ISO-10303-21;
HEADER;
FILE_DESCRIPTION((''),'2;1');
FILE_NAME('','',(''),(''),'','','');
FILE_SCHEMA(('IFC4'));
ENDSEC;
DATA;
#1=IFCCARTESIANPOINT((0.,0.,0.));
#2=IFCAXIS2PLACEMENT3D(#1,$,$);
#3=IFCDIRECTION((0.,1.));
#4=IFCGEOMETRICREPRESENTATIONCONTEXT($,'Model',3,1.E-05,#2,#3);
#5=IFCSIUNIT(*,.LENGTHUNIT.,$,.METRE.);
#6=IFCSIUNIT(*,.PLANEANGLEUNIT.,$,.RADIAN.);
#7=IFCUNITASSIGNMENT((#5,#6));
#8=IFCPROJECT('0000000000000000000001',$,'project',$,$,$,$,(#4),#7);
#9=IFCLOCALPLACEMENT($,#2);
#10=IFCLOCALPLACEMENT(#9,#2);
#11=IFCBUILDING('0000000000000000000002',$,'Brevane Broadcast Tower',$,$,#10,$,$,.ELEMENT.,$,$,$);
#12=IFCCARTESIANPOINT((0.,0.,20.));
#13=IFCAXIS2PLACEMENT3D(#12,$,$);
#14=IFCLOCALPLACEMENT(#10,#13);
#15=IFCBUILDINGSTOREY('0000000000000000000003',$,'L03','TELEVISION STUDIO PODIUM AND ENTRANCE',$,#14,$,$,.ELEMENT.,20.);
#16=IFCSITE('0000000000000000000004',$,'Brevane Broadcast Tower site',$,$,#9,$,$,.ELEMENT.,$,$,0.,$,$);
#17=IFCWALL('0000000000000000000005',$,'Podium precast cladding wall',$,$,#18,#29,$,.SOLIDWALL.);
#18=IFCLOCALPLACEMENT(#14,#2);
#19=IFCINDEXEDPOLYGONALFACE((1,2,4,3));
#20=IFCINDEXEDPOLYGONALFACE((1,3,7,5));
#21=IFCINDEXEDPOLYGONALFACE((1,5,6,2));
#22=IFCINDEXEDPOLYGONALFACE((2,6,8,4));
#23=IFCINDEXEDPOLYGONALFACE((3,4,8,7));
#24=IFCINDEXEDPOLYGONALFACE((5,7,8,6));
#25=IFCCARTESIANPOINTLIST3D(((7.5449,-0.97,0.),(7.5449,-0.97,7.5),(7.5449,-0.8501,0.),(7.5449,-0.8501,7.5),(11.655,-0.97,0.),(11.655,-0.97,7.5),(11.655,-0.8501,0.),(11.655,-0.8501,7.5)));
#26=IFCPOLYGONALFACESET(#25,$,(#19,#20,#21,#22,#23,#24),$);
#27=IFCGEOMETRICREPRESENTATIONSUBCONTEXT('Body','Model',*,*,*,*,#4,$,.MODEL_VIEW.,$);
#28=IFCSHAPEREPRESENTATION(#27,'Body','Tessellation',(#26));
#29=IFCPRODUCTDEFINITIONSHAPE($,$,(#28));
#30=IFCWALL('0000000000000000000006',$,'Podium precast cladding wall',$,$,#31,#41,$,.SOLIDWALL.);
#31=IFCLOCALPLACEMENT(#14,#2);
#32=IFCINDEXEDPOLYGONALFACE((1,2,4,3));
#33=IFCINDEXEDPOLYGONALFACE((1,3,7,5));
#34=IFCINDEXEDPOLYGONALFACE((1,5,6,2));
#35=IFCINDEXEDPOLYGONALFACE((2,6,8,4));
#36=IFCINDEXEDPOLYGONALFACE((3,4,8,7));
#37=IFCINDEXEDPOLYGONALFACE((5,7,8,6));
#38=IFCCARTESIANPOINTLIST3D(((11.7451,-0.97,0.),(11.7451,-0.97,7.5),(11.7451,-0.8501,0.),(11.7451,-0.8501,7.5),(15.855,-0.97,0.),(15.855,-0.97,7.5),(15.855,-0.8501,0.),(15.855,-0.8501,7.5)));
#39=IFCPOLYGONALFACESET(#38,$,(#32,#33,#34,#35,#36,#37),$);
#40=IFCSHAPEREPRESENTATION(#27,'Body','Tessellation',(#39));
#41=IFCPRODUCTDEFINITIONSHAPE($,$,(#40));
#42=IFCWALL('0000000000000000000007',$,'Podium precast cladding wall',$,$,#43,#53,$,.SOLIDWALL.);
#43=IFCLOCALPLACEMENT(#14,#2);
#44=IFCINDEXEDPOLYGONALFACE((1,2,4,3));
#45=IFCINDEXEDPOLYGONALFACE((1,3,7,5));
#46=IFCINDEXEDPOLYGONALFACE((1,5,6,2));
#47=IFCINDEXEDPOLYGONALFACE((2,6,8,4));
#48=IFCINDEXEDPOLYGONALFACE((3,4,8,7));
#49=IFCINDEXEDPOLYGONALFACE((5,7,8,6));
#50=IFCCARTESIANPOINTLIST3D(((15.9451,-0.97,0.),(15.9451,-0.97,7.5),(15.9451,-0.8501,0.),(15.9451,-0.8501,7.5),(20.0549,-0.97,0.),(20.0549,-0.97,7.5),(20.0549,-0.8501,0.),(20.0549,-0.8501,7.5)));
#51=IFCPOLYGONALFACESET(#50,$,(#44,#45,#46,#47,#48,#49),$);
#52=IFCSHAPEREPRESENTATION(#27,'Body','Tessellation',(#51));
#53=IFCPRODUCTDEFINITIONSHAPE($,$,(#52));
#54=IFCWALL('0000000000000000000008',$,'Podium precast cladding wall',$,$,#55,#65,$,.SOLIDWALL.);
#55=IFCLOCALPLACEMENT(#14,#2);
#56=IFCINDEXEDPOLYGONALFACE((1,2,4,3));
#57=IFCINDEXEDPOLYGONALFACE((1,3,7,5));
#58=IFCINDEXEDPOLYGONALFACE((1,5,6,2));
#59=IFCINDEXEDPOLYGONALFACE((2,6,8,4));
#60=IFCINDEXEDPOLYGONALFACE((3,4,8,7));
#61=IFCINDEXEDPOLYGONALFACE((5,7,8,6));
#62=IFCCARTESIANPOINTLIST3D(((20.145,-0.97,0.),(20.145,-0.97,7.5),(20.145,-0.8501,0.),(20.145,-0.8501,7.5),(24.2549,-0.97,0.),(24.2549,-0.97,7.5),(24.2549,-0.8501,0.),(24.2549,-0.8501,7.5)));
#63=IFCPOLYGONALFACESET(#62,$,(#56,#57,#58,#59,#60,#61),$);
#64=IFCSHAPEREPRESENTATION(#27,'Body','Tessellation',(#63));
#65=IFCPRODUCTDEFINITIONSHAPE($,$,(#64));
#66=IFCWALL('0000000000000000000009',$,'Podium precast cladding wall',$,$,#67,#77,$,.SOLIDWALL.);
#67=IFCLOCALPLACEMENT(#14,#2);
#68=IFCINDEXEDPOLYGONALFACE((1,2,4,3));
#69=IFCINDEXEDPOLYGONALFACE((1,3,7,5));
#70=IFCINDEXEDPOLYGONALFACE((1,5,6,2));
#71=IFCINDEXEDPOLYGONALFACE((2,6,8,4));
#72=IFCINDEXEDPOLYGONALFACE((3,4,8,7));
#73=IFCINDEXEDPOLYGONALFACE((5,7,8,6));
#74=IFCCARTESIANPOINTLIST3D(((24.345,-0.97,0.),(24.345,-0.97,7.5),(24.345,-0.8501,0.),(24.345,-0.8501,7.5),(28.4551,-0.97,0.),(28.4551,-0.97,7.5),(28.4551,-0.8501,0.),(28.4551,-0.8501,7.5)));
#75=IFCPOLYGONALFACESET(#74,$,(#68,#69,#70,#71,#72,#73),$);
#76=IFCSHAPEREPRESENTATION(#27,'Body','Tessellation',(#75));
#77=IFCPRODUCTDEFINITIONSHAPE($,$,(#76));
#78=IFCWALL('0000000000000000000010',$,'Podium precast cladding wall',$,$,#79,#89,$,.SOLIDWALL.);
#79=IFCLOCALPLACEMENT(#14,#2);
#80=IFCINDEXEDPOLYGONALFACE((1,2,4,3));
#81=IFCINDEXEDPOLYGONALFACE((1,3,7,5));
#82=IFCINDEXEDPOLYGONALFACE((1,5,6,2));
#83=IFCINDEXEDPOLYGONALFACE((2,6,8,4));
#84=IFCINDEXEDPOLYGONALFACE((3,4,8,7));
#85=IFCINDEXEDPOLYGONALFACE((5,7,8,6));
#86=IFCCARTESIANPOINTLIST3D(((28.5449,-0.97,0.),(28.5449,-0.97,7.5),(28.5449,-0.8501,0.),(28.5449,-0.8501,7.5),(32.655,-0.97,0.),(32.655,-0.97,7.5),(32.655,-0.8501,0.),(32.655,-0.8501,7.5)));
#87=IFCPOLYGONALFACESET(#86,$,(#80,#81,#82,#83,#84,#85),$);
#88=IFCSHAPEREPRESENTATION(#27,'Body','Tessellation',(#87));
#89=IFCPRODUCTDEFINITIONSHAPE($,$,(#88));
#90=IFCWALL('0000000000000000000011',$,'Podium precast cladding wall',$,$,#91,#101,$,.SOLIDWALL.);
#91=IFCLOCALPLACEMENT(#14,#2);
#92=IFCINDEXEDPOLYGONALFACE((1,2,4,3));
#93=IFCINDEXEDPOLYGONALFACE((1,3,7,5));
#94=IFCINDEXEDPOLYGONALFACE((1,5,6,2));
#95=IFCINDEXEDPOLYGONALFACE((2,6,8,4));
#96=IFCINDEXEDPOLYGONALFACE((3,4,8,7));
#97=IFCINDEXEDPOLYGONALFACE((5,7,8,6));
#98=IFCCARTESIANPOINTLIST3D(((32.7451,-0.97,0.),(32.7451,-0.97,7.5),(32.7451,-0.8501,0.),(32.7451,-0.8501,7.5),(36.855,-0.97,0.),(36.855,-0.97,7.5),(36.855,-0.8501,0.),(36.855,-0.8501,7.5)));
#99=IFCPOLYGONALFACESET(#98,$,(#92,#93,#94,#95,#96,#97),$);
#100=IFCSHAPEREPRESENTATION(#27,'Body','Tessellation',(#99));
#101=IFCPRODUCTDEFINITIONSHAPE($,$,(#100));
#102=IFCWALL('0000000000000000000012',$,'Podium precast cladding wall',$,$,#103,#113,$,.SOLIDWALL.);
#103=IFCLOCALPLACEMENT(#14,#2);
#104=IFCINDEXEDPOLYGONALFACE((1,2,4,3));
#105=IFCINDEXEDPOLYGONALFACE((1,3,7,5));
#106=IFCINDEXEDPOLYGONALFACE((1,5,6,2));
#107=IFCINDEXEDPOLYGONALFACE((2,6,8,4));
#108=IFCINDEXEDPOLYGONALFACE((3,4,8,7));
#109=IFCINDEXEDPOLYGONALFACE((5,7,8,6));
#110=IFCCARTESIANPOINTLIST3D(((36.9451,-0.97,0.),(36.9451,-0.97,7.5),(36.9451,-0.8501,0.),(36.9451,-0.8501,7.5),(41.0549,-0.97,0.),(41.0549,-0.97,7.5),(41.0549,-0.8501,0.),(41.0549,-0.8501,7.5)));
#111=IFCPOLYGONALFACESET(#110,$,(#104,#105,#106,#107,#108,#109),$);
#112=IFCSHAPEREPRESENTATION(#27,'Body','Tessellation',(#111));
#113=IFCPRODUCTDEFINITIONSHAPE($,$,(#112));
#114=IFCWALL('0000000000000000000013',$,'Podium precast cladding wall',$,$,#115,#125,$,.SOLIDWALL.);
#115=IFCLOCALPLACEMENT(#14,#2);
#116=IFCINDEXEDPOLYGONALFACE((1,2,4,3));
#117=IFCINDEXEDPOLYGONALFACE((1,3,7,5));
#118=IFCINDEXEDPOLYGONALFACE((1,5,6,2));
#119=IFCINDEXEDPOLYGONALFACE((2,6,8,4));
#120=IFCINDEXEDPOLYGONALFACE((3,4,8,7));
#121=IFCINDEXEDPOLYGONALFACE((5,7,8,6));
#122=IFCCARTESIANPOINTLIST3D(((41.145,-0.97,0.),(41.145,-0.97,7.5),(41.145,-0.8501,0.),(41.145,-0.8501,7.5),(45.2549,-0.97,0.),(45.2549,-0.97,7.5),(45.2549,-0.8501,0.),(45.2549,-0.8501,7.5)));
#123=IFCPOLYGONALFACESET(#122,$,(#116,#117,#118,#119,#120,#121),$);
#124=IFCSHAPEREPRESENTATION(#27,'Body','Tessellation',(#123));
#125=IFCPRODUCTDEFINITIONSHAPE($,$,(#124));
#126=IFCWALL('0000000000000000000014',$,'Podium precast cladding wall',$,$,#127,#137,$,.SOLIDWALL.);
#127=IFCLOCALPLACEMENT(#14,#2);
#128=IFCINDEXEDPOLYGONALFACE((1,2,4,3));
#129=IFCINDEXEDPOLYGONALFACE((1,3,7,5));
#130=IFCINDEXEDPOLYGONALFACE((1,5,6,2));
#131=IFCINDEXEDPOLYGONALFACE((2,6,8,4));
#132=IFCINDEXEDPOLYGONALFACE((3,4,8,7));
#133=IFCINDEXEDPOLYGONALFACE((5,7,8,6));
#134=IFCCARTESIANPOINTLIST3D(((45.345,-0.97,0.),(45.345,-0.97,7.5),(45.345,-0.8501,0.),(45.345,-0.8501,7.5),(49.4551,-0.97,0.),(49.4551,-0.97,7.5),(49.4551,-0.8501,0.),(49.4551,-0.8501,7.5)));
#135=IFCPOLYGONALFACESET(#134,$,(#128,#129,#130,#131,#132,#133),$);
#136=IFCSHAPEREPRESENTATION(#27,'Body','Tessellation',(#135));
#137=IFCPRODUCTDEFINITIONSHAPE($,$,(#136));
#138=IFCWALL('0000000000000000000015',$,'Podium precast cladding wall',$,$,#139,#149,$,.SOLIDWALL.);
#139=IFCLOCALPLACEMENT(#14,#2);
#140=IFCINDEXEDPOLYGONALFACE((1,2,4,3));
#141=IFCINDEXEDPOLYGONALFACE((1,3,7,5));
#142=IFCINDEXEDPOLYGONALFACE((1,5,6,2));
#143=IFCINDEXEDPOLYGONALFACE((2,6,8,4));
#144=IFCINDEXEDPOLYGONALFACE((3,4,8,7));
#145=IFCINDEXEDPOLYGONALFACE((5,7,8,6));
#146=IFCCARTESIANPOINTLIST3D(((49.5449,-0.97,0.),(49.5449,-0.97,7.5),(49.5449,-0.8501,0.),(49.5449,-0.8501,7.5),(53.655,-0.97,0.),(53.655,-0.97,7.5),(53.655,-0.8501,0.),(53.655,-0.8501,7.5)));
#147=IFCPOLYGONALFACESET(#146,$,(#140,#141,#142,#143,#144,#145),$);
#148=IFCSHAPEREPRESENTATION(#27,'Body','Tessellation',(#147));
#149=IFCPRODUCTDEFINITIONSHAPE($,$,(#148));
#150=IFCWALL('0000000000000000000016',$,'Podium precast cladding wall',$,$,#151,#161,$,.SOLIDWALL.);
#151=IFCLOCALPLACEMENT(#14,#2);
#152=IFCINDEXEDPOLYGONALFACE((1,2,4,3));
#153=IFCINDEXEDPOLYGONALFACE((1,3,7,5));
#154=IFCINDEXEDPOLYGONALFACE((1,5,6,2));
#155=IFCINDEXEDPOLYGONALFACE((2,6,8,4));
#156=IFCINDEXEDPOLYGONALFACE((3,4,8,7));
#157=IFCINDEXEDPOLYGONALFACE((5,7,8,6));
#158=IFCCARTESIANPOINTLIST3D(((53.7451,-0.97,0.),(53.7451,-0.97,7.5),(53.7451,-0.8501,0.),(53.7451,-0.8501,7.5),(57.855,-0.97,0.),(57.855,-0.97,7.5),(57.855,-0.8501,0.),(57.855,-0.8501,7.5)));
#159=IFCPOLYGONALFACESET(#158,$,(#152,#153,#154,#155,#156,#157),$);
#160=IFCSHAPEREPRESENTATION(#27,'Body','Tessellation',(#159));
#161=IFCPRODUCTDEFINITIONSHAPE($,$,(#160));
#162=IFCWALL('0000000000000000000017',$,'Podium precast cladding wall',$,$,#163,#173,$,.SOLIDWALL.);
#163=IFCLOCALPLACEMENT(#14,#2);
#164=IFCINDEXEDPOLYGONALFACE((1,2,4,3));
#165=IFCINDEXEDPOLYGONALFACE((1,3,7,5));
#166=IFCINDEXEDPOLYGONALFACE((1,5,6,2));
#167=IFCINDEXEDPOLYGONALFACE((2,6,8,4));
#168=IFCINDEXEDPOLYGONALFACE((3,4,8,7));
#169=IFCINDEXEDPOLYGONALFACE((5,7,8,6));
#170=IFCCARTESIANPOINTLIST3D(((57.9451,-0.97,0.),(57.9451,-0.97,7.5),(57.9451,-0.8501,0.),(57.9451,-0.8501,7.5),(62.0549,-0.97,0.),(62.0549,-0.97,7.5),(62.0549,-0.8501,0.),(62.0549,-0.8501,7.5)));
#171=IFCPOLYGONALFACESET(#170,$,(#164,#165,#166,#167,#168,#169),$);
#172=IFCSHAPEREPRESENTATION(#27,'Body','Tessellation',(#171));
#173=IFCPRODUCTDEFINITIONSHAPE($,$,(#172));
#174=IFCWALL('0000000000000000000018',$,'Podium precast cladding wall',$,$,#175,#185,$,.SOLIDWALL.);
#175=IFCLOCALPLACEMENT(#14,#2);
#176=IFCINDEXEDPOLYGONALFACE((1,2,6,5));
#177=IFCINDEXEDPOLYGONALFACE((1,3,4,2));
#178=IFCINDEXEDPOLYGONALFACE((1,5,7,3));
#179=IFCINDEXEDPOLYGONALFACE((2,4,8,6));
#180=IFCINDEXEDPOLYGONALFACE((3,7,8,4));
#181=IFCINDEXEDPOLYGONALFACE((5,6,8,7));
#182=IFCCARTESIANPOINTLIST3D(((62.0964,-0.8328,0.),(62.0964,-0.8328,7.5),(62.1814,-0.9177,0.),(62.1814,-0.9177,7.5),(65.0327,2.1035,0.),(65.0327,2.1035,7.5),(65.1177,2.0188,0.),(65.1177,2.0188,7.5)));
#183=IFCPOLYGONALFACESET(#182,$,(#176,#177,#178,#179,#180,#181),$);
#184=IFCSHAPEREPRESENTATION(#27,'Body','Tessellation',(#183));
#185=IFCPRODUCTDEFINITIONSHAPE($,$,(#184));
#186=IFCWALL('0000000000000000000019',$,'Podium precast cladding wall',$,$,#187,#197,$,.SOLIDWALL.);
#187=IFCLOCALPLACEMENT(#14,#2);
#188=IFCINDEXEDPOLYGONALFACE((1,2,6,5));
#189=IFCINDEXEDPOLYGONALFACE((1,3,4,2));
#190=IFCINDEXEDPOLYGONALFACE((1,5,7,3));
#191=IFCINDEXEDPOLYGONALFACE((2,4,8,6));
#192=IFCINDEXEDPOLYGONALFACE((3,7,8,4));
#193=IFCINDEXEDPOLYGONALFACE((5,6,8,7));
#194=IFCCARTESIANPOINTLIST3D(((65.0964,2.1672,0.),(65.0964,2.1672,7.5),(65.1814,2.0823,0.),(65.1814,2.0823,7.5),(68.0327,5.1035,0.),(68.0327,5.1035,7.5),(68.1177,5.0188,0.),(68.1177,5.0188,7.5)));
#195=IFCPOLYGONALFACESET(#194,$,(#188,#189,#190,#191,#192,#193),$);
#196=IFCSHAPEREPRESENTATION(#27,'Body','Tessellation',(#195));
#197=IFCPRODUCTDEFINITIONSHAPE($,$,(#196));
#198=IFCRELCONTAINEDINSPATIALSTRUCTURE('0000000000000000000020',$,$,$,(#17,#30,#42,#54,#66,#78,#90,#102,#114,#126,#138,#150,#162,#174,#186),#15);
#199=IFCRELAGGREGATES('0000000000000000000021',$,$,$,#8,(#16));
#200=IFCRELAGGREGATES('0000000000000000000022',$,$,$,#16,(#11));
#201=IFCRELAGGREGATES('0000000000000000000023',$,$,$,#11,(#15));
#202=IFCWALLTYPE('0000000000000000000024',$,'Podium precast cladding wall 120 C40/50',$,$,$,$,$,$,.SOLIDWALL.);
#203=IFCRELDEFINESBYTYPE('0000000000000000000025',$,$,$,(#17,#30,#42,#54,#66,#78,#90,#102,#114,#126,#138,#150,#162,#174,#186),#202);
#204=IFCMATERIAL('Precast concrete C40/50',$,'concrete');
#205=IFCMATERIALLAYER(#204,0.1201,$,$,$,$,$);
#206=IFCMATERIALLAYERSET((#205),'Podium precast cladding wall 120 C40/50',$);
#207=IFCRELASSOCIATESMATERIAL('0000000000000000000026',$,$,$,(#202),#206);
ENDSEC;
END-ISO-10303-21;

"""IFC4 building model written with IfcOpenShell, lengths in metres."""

from ifc_helpers import new_model, si_unit, direction, frame, origin, place, context, subcontext, project, spatial, polyline, outline, extrude, material, layer, layer_set, type_object, element, save


model = new_model("IFC4")

# Units and contexts
model_context = context("Model", 3, precision=1e-05, world=origin(), true_north=direction((0.0, 1.0)))
body_context = subcontext(model_context, "Body", "Model", "MODEL_VIEW")
ifc_project = project(units=[si_unit("LENGTHUNIT", "METRE"), si_unit("PLANEANGLEUNIT", "RADIAN")], contexts=[model_context])

# Site, building, storey
site_placement = place(None, origin())
site = spatial("IfcSite", under=ifc_project, at=site_placement, Name="Brevane Broadcast Tower site", CompositionType="ELEMENT", RefElevation=0.0)
building_placement = place(site_placement, origin())
building = spatial("IfcBuilding", under=site, at=building_placement, Name="Brevane Broadcast Tower", CompositionType="ELEMENT")
storey_placement = place(building_placement, frame((0.0, 0.0, 20.0)))
storey = spatial("IfcBuildingStorey", under=building, at=storey_placement, Name="L03", Description="TELEVISION STUDIO PODIUM AND ENTRANCE", CompositionType="ELEMENT", Elevation=20.0)

# Walls
ifc_material = material(Name="Precast concrete C40/50", Category="concrete")
ifc_layer = layer(ifc_material, 0.1201)
ifc_layer_set = layer_set([ifc_layer], Name="Podium precast cladding wall 120 C40/50")
wall_type = type_object("IfcWallType", Name="Podium precast cladding wall 120 C40/50", PredefinedType="SOLIDWALL", material=ifc_layer_set)
wall_1_placement = place(storey_placement, origin())
element("IfcWall", 1, at=wall_1_placement, inside=storey, type_object=wall_type, Name="Podium precast cladding wall", PredefinedType="SOLIDWALL", context=body_context, shape_type="SweptSolid", body=[
    extrude(outline(polyline([(11.655, -0.97), (11.655, -0.8501), (7.5449, -0.8501), (7.5449, -0.97), (11.655, -0.97)])), origin(), (0.0, 0.0, 1.0), 7.5),
])
wall_2_placement = place(storey_placement, origin())
element("IfcWall", 2, at=wall_2_placement, inside=storey, type_object=wall_type, Name="Podium precast cladding wall", PredefinedType="SOLIDWALL", context=body_context, shape_type="SweptSolid", body=[
    extrude(outline(polyline([(15.855, -0.97), (15.855, -0.8501), (11.7451, -0.8501), (11.7451, -0.97), (15.855, -0.97)])), origin(), (0.0, 0.0, 1.0), 7.5),
])
wall_3_placement = place(storey_placement, origin())
element("IfcWall", 3, at=wall_3_placement, inside=storey, type_object=wall_type, Name="Podium precast cladding wall", PredefinedType="SOLIDWALL", context=body_context, shape_type="SweptSolid", body=[
    extrude(outline(polyline([(20.0549, -0.97), (20.0549, -0.8501), (15.9451, -0.8501), (15.9451, -0.97), (20.0549, -0.97)])), origin(), (0.0, 0.0, 1.0), 7.5),
])
wall_4_placement = place(storey_placement, origin())
element("IfcWall", 4, at=wall_4_placement, inside=storey, type_object=wall_type, Name="Podium precast cladding wall", PredefinedType="SOLIDWALL", context=body_context, shape_type="SweptSolid", body=[
    extrude(outline(polyline([(24.2549, -0.97), (24.2549, -0.8501), (20.145, -0.8501), (20.145, -0.97), (24.2549, -0.97)])), origin(), (0.0, 0.0, 1.0), 7.5),
])
wall_5_placement = place(storey_placement, origin())
element("IfcWall", 5, at=wall_5_placement, inside=storey, type_object=wall_type, Name="Podium precast cladding wall", PredefinedType="SOLIDWALL", context=body_context, shape_type="SweptSolid", body=[
    extrude(outline(polyline([(28.4551, -0.97), (28.4551, -0.8501), (24.345, -0.8501), (24.345, -0.97), (28.4551, -0.97)])), origin(), (0.0, 0.0, 1.0), 7.5),
])
wall_6_placement = place(storey_placement, origin())
element("IfcWall", 6, at=wall_6_placement, inside=storey, type_object=wall_type, Name="Podium precast cladding wall", PredefinedType="SOLIDWALL", context=body_context, shape_type="SweptSolid", body=[
    extrude(outline(polyline([(32.655, -0.97), (32.655, -0.8501), (28.5449, -0.8501), (28.5449, -0.97), (32.655, -0.97)])), origin(), (0.0, 0.0, 1.0), 7.5),
])
wall_7_placement = place(storey_placement, origin())
element("IfcWall", 7, at=wall_7_placement, inside=storey, type_object=wall_type, Name="Podium precast cladding wall", PredefinedType="SOLIDWALL", context=body_context, shape_type="SweptSolid", body=[
    extrude(outline(polyline([(36.855, -0.97), (36.855, -0.8501), (32.7451, -0.8501), (32.7451, -0.97), (36.855, -0.97)])), origin(), (0.0, 0.0, 1.0), 7.5),
])
wall_8_placement = place(storey_placement, origin())
element("IfcWall", 8, at=wall_8_placement, inside=storey, type_object=wall_type, Name="Podium precast cladding wall", PredefinedType="SOLIDWALL", context=body_context, shape_type="SweptSolid", body=[
    extrude(outline(polyline([(41.0549, -0.97), (41.0549, -0.8501), (36.9451, -0.8501), (36.9451, -0.97), (41.0549, -0.97)])), origin(), (0.0, 0.0, 1.0), 7.5),
])
wall_9_placement = place(storey_placement, origin())
element("IfcWall", 9, at=wall_9_placement, inside=storey, type_object=wall_type, Name="Podium precast cladding wall", PredefinedType="SOLIDWALL", context=body_context, shape_type="SweptSolid", body=[
    extrude(outline(polyline([(45.2549, -0.97), (45.2549, -0.8501), (41.145, -0.8501), (41.145, -0.97), (45.2549, -0.97)])), origin(), (0.0, 0.0, 1.0), 7.5),
])
wall_10_placement = place(storey_placement, origin())
element("IfcWall", 10, at=wall_10_placement, inside=storey, type_object=wall_type, Name="Podium precast cladding wall", PredefinedType="SOLIDWALL", context=body_context, shape_type="SweptSolid", body=[
    extrude(outline(polyline([(49.4551, -0.97), (49.4551, -0.8501), (45.345, -0.8501), (45.345, -0.97), (49.4551, -0.97)])), origin(), (0.0, 0.0, 1.0), 7.5),
])
wall_11_placement = place(storey_placement, origin())
element("IfcWall", 11, at=wall_11_placement, inside=storey, type_object=wall_type, Name="Podium precast cladding wall", PredefinedType="SOLIDWALL", context=body_context, shape_type="SweptSolid", body=[
    extrude(outline(polyline([(53.655, -0.97), (53.655, -0.8501), (49.5449, -0.8501), (49.5449, -0.97), (53.655, -0.97)])), origin(), (0.0, 0.0, 1.0), 7.5),
])
wall_12_placement = place(storey_placement, origin())
element("IfcWall", 12, at=wall_12_placement, inside=storey, type_object=wall_type, Name="Podium precast cladding wall", PredefinedType="SOLIDWALL", context=body_context, shape_type="SweptSolid", body=[
    extrude(outline(polyline([(57.855, -0.97), (57.855, -0.8501), (53.7451, -0.8501), (53.7451, -0.97), (57.855, -0.97)])), origin(), (0.0, 0.0, 1.0), 7.5),
])
wall_13_placement = place(storey_placement, origin())
element("IfcWall", 13, at=wall_13_placement, inside=storey, type_object=wall_type, Name="Podium precast cladding wall", PredefinedType="SOLIDWALL", context=body_context, shape_type="SweptSolid", body=[
    extrude(outline(polyline([(62.0549, -0.97), (62.0549, -0.8501), (57.9451, -0.8501), (57.9451, -0.97), (62.0549, -0.97)])), origin(), (0.0, 0.0, 1.0), 7.5),
])
wall_14_placement = place(storey_placement, origin())
element("IfcWall", 14, at=wall_14_placement, inside=storey, type_object=wall_type, Name="Podium precast cladding wall", PredefinedType="SOLIDWALL", context=body_context, shape_type="SweptSolid", body=[
    extrude(outline(polyline([(62.0964, -0.8328), (65.0327, 2.1035), (65.1177, 2.0188), (62.1814, -0.9177), (62.0964, -0.8328)])), origin(), (0.0, 0.0, 1.0), 7.5),
])
wall_15_placement = place(storey_placement, origin())
element("IfcWall", 15, at=wall_15_placement, inside=storey, type_object=wall_type, Name="Podium precast cladding wall", PredefinedType="SOLIDWALL", context=body_context, shape_type="SweptSolid", body=[
    extrude(outline(polyline([(65.0964, 2.1672), (68.0327, 5.1035), (68.1177, 5.0188), (65.1814, 2.0823), (65.0964, 2.1672)])), origin(), (0.0, 0.0, 1.0), 7.5),
])

save(model, "model.ifc")
